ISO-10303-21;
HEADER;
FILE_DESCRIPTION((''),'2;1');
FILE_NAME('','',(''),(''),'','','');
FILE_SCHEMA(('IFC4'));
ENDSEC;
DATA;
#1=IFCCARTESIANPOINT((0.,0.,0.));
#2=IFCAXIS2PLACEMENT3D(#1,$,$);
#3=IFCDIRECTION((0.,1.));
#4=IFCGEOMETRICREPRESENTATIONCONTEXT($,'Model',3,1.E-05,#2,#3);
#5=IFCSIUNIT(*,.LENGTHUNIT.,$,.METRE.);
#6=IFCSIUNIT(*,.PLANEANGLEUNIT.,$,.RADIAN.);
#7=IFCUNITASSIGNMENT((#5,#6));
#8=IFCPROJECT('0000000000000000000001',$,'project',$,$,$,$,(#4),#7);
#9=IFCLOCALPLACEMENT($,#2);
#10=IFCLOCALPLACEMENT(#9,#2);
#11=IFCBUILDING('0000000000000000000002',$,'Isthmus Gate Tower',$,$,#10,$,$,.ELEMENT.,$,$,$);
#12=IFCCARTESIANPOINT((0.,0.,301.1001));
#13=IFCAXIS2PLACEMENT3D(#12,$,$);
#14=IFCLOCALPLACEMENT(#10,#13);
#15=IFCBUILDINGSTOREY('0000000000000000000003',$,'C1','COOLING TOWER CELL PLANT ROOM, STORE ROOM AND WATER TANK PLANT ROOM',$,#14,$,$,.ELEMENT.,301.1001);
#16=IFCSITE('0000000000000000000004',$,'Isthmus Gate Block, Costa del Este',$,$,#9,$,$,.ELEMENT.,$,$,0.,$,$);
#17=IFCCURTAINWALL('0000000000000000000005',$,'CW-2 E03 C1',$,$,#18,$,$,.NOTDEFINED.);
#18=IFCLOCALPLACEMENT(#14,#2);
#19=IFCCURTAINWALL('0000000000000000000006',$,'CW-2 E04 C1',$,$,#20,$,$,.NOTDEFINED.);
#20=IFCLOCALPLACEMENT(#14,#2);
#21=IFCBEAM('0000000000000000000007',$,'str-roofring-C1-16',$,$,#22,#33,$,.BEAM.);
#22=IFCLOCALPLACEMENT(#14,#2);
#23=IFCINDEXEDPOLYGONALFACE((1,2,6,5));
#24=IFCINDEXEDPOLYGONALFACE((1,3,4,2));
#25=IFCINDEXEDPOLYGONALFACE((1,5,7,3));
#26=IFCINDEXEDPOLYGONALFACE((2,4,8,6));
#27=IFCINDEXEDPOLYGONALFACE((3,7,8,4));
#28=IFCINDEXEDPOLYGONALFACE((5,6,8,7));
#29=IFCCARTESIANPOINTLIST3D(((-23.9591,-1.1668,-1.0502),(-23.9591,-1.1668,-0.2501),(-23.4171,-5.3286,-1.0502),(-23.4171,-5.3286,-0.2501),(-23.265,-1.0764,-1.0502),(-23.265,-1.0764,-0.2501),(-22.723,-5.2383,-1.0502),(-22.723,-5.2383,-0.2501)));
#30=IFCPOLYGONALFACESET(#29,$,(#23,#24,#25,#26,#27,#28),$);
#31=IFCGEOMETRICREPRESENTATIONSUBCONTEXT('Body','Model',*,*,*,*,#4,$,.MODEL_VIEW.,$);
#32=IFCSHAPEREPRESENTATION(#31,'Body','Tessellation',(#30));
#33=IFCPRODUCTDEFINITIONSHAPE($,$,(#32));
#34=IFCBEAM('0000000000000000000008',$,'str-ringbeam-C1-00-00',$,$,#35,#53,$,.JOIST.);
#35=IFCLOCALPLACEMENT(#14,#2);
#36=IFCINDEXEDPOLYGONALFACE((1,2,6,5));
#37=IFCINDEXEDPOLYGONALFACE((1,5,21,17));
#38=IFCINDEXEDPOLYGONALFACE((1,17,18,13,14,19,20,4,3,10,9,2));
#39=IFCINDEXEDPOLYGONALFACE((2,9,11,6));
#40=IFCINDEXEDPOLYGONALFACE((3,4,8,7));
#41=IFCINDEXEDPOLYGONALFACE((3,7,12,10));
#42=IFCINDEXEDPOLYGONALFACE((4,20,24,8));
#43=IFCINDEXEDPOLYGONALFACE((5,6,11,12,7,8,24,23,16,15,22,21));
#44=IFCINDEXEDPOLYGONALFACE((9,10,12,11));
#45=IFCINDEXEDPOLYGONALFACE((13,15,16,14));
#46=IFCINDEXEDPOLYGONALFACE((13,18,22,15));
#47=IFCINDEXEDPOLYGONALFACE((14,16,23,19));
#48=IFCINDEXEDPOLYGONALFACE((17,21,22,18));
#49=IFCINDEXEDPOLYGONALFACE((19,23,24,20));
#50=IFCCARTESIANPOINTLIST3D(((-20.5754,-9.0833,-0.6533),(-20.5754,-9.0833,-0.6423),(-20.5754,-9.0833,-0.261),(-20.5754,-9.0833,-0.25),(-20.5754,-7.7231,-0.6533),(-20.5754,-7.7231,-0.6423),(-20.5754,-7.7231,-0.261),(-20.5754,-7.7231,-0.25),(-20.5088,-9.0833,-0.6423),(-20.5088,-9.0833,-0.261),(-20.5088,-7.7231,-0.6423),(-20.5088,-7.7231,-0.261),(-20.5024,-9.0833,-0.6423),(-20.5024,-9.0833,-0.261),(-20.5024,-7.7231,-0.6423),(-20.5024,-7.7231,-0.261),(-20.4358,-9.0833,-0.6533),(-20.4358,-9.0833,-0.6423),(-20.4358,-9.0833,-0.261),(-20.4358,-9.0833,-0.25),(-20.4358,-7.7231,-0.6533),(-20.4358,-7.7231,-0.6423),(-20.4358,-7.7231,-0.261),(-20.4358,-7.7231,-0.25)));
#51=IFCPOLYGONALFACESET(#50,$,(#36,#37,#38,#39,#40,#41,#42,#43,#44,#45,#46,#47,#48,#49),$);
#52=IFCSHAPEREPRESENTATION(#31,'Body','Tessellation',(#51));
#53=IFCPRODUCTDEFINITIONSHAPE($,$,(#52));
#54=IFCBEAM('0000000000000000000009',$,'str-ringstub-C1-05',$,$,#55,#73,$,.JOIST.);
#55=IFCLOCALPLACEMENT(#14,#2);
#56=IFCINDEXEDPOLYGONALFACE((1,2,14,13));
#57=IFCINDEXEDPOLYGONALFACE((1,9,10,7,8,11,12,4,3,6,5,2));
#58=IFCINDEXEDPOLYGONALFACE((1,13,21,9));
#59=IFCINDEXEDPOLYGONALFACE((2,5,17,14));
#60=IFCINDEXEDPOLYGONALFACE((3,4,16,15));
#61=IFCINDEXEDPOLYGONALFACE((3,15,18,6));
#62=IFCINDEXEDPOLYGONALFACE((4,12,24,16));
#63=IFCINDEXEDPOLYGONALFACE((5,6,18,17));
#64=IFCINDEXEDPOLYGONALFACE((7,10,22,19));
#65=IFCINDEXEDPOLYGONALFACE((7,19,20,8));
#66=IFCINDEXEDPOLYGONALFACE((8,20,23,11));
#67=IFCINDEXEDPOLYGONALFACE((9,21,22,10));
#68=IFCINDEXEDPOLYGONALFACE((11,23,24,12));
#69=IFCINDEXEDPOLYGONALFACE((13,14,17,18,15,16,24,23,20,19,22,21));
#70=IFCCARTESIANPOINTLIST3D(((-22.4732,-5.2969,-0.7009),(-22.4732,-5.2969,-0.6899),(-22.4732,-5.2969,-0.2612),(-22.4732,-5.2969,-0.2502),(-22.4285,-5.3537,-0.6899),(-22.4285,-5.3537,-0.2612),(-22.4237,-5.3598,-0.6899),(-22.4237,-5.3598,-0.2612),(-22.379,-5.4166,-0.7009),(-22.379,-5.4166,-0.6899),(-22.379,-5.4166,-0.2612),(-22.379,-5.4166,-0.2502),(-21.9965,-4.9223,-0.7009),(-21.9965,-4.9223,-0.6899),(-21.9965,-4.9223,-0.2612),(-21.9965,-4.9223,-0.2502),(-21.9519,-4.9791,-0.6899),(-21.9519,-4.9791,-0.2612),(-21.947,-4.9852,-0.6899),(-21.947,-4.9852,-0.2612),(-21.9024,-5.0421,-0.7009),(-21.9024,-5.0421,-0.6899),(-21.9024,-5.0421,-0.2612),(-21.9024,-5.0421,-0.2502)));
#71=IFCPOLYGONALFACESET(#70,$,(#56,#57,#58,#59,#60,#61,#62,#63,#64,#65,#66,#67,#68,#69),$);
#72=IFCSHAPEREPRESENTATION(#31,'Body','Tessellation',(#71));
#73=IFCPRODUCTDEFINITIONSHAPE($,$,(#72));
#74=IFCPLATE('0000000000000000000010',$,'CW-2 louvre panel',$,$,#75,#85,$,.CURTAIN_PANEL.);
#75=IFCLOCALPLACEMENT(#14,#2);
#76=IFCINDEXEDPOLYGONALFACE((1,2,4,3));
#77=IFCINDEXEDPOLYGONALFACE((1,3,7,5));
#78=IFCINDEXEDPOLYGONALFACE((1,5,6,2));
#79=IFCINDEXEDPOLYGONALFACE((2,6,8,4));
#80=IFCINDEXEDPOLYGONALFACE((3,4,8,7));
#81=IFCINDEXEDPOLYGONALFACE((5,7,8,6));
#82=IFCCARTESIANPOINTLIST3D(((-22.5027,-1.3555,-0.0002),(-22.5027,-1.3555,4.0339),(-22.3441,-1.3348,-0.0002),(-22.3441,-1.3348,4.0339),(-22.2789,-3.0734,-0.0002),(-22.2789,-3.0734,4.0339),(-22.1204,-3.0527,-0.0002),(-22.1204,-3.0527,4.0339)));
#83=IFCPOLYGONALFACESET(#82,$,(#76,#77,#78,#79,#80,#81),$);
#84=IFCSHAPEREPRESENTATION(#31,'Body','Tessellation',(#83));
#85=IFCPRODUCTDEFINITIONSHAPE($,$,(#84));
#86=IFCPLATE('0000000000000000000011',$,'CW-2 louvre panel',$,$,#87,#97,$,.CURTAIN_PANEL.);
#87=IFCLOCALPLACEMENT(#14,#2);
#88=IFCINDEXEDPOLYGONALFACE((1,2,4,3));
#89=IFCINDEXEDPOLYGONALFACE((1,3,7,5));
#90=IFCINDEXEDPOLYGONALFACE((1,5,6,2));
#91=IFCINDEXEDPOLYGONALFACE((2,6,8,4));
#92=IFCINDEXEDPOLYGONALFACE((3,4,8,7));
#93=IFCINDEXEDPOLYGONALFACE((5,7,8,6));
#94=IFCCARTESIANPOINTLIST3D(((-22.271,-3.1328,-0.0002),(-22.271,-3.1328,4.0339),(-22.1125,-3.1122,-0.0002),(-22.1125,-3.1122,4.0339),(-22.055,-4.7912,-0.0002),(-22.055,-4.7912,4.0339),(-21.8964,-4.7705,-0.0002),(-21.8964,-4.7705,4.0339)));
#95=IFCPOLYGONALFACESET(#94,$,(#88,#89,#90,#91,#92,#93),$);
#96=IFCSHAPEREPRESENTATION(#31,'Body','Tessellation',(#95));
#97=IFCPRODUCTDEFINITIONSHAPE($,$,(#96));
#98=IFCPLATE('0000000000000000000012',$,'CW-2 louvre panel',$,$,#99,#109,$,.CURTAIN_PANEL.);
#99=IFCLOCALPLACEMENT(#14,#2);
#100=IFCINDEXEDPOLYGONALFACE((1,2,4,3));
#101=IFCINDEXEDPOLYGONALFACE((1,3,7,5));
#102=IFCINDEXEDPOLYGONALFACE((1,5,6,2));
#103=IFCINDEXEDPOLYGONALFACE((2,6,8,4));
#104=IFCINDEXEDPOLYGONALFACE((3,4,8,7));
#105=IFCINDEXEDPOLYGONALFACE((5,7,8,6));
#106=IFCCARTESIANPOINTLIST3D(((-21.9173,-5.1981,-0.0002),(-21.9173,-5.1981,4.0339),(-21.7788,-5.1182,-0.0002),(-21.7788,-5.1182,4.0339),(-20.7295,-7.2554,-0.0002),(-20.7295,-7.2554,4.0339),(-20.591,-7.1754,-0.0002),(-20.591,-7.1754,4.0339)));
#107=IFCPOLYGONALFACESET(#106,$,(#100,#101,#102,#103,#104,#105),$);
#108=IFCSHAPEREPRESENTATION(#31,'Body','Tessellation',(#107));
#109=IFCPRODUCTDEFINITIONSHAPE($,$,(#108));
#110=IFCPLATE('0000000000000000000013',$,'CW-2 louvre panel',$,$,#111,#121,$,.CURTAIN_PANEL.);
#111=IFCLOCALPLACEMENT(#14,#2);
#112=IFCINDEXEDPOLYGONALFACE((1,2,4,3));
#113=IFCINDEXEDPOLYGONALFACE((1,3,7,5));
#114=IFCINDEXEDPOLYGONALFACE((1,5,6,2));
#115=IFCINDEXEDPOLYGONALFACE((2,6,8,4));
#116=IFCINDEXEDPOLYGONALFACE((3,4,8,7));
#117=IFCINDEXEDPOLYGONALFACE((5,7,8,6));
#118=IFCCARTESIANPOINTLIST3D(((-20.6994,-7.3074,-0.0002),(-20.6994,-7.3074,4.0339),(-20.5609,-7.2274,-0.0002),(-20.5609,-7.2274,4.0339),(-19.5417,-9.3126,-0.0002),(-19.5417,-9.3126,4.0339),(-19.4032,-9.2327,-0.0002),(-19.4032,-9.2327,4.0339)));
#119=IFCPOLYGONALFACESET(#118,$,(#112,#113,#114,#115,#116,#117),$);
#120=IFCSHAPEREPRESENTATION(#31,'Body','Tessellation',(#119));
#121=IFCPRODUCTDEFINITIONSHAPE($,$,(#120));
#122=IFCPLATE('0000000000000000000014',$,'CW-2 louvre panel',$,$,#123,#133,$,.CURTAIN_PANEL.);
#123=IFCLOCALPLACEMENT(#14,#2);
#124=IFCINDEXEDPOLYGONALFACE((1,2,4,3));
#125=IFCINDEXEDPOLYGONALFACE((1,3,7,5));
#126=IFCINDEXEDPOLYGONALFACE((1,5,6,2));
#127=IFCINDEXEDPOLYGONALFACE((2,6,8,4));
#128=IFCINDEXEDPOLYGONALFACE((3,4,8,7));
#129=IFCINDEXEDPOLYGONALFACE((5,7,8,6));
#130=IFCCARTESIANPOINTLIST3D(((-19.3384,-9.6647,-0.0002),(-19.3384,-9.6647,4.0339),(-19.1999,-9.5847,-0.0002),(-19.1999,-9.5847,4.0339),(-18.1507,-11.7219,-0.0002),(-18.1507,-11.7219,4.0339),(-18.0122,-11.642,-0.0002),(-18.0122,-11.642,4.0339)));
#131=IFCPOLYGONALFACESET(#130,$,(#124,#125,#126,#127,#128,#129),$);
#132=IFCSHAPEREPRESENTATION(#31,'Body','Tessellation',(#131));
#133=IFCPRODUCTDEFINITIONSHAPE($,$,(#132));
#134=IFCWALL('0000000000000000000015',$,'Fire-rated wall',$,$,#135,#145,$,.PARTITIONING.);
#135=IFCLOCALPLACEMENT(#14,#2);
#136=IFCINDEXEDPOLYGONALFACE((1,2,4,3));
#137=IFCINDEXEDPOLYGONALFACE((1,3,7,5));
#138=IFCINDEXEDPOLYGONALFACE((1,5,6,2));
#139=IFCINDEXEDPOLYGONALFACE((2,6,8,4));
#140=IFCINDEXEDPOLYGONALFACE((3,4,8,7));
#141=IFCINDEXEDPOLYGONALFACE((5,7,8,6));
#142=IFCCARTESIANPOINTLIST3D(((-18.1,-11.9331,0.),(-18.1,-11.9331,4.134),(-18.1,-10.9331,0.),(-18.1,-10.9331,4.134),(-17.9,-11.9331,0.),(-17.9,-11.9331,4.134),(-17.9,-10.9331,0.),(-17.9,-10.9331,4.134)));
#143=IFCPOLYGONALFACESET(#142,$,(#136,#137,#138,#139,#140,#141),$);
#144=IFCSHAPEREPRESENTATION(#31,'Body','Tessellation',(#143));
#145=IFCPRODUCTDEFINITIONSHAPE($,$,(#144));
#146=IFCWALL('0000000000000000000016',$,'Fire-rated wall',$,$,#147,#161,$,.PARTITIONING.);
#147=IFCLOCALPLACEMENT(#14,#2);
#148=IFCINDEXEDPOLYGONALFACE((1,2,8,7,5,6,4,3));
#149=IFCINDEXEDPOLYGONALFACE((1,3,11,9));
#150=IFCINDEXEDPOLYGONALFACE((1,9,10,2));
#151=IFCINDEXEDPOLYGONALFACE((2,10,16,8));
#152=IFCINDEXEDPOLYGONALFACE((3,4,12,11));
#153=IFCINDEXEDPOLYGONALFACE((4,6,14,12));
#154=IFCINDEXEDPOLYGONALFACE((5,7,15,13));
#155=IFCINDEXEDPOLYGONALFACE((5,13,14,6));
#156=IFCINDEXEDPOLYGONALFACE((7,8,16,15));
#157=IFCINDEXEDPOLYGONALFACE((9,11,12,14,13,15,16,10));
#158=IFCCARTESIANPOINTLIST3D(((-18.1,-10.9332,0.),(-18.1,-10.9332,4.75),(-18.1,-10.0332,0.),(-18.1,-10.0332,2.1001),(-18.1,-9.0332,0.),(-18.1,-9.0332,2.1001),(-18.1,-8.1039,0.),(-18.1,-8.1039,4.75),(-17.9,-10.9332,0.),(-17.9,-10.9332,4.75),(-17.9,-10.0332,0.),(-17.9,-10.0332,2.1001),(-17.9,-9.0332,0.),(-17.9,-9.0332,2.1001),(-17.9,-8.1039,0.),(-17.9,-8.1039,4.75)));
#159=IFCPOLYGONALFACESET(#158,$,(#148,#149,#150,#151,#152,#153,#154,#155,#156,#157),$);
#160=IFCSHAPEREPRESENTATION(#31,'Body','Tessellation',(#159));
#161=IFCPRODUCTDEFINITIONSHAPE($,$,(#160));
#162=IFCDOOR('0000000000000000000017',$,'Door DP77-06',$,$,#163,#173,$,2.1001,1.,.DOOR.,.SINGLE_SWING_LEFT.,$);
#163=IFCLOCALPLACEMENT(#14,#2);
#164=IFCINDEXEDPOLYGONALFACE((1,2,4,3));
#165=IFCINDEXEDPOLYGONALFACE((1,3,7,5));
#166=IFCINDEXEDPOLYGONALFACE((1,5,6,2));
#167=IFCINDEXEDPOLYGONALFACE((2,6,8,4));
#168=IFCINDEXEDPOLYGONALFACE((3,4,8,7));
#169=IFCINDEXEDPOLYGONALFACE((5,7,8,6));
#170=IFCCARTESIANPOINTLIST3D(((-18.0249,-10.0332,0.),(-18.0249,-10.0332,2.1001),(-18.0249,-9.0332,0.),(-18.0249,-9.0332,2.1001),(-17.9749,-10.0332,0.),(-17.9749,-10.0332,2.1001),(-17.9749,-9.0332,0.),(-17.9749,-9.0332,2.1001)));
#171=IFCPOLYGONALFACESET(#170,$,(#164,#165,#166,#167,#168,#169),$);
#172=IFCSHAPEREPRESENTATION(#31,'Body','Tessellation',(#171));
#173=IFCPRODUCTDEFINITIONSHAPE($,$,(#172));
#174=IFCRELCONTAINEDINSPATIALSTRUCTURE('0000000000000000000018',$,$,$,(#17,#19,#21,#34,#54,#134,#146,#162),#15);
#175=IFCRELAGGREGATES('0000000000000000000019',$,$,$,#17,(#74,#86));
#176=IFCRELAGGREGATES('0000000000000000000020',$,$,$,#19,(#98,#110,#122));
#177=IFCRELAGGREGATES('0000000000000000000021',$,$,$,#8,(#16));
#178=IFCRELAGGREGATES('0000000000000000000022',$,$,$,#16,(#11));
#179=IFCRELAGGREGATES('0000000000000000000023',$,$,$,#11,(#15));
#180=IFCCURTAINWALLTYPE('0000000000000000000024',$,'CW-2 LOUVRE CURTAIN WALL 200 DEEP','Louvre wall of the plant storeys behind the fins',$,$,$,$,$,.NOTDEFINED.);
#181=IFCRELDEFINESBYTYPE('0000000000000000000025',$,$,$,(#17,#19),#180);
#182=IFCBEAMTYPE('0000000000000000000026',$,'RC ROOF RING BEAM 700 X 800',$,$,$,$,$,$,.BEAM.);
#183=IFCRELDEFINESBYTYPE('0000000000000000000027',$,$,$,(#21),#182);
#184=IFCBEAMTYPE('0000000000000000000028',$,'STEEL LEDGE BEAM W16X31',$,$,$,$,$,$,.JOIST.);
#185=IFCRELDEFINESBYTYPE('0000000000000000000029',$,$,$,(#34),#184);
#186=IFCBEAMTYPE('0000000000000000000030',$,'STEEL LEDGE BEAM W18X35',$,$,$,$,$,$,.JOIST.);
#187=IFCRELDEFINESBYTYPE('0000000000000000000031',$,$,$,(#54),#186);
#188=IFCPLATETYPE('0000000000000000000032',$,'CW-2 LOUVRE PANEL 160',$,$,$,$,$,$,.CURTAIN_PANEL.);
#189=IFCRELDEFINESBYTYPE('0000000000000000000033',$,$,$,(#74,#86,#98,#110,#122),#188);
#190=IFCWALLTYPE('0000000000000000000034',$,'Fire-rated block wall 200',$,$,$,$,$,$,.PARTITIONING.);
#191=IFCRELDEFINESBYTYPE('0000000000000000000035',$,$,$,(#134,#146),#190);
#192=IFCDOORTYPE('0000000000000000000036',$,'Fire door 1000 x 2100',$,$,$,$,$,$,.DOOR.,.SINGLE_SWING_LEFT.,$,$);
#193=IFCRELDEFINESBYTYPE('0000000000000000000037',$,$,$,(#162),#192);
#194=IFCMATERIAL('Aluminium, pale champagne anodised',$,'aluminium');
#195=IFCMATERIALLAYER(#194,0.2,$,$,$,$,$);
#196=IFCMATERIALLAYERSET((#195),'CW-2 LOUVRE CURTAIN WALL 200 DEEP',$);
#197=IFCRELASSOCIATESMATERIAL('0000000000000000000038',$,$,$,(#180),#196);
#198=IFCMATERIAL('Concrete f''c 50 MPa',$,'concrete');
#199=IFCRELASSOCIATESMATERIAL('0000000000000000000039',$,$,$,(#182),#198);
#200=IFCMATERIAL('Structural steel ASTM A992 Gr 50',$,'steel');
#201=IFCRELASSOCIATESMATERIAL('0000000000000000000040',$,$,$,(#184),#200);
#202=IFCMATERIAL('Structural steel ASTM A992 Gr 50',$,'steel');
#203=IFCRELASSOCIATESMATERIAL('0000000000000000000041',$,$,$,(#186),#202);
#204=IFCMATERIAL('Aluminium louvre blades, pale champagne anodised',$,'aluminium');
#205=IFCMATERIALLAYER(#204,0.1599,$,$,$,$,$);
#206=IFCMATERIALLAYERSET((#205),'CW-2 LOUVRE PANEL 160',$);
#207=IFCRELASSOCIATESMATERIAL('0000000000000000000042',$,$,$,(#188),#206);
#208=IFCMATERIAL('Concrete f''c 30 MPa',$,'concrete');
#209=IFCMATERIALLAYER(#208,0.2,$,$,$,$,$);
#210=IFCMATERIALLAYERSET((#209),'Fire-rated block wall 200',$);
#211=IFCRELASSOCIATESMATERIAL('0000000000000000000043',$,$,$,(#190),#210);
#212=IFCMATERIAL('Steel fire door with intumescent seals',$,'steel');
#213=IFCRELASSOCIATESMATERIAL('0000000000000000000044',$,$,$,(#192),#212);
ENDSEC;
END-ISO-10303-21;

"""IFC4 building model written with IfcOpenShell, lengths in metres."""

from ifc_helpers import new_model, si_unit, direction, frame, frame_2d, origin, origin_2d, place, context, subcontext, project, spatial, rectangle, i_section, extrude, material, layer, layer_set, material_profile, profile_set, type_object, element, fill, aggregate, save


model = new_model("IFC4")

# Units and contexts
model_context = context("Model", 3, precision=1e-05, world=origin(), true_north=direction((0.0, 1.0)))
body_context = subcontext(model_context, "Body", "Model", "MODEL_VIEW")
ifc_project = project(units=[si_unit("LENGTHUNIT", "METRE"), si_unit("PLANEANGLEUNIT", "RADIAN")], contexts=[model_context])

# Site, building, storey
site_placement = place(None, origin())
site = spatial("IfcSite", under=ifc_project, at=site_placement, Name="Isthmus Gate Block, Costa del Este", CompositionType="ELEMENT", RefElevation=0.0)
building_placement = place(site_placement, origin())
building = spatial("IfcBuilding", under=site, at=building_placement, Name="Isthmus Gate Tower", CompositionType="ELEMENT")
storey_placement = place(building_placement, frame((0.0, 0.0, 301.1001)))
storey = spatial("IfcBuildingStorey", under=building, at=storey_placement, Name="C1", Description="COOLING TOWER CELL PLANT ROOM, STORE ROOM AND WATER TANK PLANT ROOM", CompositionType="ELEMENT", Elevation=301.1001)

# Curtain wall
ifc_material_1 = material(Name="Aluminium, pale champagne anodised", Category="aluminium")
ifc_layer_1 = layer(ifc_material_1, 0.2)
ifc_layer_set_1 = layer_set([ifc_layer_1], Name="CW-2 LOUVRE CURTAIN WALL 200 DEEP")
curtain_wall_type = type_object("IfcCurtainWallType", Name="CW-2 LOUVRE CURTAIN WALL 200 DEEP", Description="Louvre wall of the plant storeys behind the fins", PredefinedType="NOTDEFINED", material=ifc_layer_set_1)
curtain_wall_1_placement = place(storey_placement, origin())
curtain_wall_1 = element("IfcCurtainWall", 1, at=curtain_wall_1_placement, inside=storey, type_object=curtain_wall_type, Name="CW-2 E03 C1", PredefinedType="NOTDEFINED")

# Curtain wall
curtain_wall_2_placement = place(storey_placement, origin())
curtain_wall_2 = element("IfcCurtainWall", 2, at=curtain_wall_2_placement, inside=storey, type_object=curtain_wall_type, Name="CW-2 E04 C1", PredefinedType="NOTDEFINED")

# Beams
ifc_material_2 = material(Name="Concrete f'c 50 MPa", Category="concrete")
ifc_material_profile_1 = material_profile(ifc_material_2, rectangle(XDim=0.7, YDim=0.8, at=origin_2d()), Name="RC 700X800")
ifc_profile_set_1 = profile_set([ifc_material_profile_1], Name="Concrete f'c 50 MPa")
beam_type_1 = type_object("IfcBeamType", Name="RC ROOF RING BEAM 700 X 800", PredefinedType="BEAM", material=ifc_profile_set_1)
beam_1_placement = place(storey_placement, frame((-23.0701, -5.2834, -0.6501), z_axis=(-0.129138, 0.991627, 0.0), x_axis=(-0.991627, -0.129138, 0.0)))
element("IfcBeam", 3, at=beam_1_placement, inside=storey, type_object=beam_type_1, Name="str-roofring-C1-16", PredefinedType="BEAM", context=body_context, shape_type="SweptSolid", body=[
    extrude(rectangle(XDim=0.7, YDim=0.8, at=origin_2d()), origin(), (0.0, 0.0, 1.0), 4.197),
])
ifc_material_3 = material(Name="Structural steel ASTM A992 Gr 50", Category="steel")
ifc_material_profile_2 = material_profile(ifc_material_3, i_section(OverallWidth=0.1396, OverallDepth=0.4033, WebThickness=0.0063, FlangeThickness=0.011, at=origin_2d()), Name="W16X31")
ifc_profile_set_2 = profile_set([ifc_material_profile_2], Name="Structural steel ASTM A992 Gr 50")
beam_type_2 = type_object("IfcBeamType", Name="STEEL LEDGE BEAM W16X31", PredefinedType="JOIST", material=ifc_profile_set_2)
beam_2_placement = place(storey_placement, frame((-20.5056, -9.0833, -0.4517), z_axis=(0.0, 1.0, 0.0), x_axis=(-1.0, 0.0, 0.0)))
element("IfcBeam", 4, at=beam_2_placement, inside=storey, type_object=beam_type_2, Name="str-ringbeam-C1-00-00", PredefinedType="JOIST", context=body_context, shape_type="SweptSolid", body=[
    extrude(i_section(OverallWidth=0.1396, OverallDepth=0.4033, WebThickness=0.0063, FlangeThickness=0.011, at=origin_2d()), origin(), (0.0, 0.0, 1.0), 1.3601),
])
ifc_material_4 = material(Name="Structural steel ASTM A992 Gr 50", Category="steel")
ifc_material_profile_3 = material_profile(ifc_material_4, i_section(OverallWidth=0.1523, OverallDepth=0.4507, WebThickness=0.0078, FlangeThickness=0.011, at=origin_2d()), Name="W18X35")
ifc_profile_set_3 = profile_set([ifc_material_profile_3], Name="Structural steel ASTM A992 Gr 50")
beam_type_3 = type_object("IfcBeamType", Name="STEEL LEDGE BEAM W18X35", PredefinedType="JOIST", material=ifc_profile_set_3)
beam_3_placement = place(storey_placement, frame((-21.9495, -4.9822, -0.4756), z_axis=(-0.786262, -0.617893, 0.0), x_axis=(0.617893, -0.786262, 0.0)))
element("IfcBeam", 5, at=beam_3_placement, inside=storey, type_object=beam_type_3, Name="str-ringstub-C1-05", PredefinedType="JOIST", context=body_context, shape_type="SweptSolid", body=[
    extrude(i_section(OverallWidth=0.1523, OverallDepth=0.4507, WebThickness=0.0078, FlangeThickness=0.011, at=origin_2d()), origin(), (0.0, 0.0, 1.0), 0.6062),
])

# Plates
ifc_material_5 = material(Name="Aluminium louvre blades, pale champagne anodised", Category="aluminium")
ifc_layer_2 = layer(ifc_material_5, 0.1599)
ifc_layer_set_2 = layer_set([ifc_layer_2], Name="CW-2 LOUVRE PANEL 160")
plate_type = type_object("IfcPlateType", Name="CW-2 LOUVRE PANEL 160", PredefinedType="CURTAIN_PANEL", material=ifc_layer_set_2)
plate_1_placement = place(storey_placement, frame((-22.3115, -2.2041, -0.0002), z_axis=(0.0, 0.0, 1.0), x_axis=(0.129165, -0.991623, 0.0)))
plate_1 = element("IfcPlate", 6, at=plate_1_placement, type_object=plate_type, Name="CW-2 louvre panel", PredefinedType="CURTAIN_PANEL", context=body_context, shape_type="SweptSolid", body=[
    extrude(rectangle(XDim=1.7324, YDim=0.1599, at=origin_2d()), origin(), (0.0, 0.0, 1.0), 4.0342),
])
plate_2_placement = place(storey_placement, frame((-22.0837, -3.9517, -0.0002), z_axis=(0.0, 0.0, 1.0), x_axis=(0.129165, -0.991623, 0.0)))
plate_2 = element("IfcPlate", 7, at=plate_2_placement, type_object=plate_type, Name="CW-2 louvre panel", PredefinedType="CURTAIN_PANEL", context=body_context, shape_type="SweptSolid", body=[
    extrude(rectangle(XDim=1.6724, YDim=0.1599, at=origin_2d()), origin(), (0.0, 0.0, 1.0), 4.0342),
])
aggregate(curtain_wall_1, [plate_1, plate_2])
plate_3_placement = place(storey_placement, frame((-21.2542, -6.1868, -0.0002), z_axis=(0.0, 0.0, 1.0), x_axis=(0.5, -0.866025, 0.0)))
plate_3 = element("IfcPlate", 8, at=plate_3_placement, type_object=plate_type, Name="CW-2 louvre panel", PredefinedType="CURTAIN_PANEL", context=body_context, shape_type="SweptSolid", body=[
    extrude(rectangle(XDim=2.3755, YDim=0.1599, at=origin_2d()), origin(), (0.0, 0.0, 1.0), 4.0342),
])
plate_4_placement = place(storey_placement, frame((-20.0513, -8.27, -0.0002), z_axis=(0.0, 0.0, 1.0), x_axis=(0.5, -0.866025, 0.0)))
plate_4 = element("IfcPlate", 9, at=plate_4_placement, type_object=plate_type, Name="CW-2 louvre panel", PredefinedType="CURTAIN_PANEL", context=body_context, shape_type="SweptSolid", body=[
    extrude(rectangle(XDim=2.3154, YDim=0.1599, at=origin_2d()), origin(), (0.0, 0.0, 1.0), 4.0342),
])
plate_5_placement = place(storey_placement, frame((-18.6753, -10.6533, -0.0002), z_axis=(0.0, 0.0, 1.0), x_axis=(0.5, -0.866025, 0.0)))
plate_5 = element("IfcPlate", 10, at=plate_5_placement, type_object=plate_type, Name="CW-2 louvre panel", PredefinedType="CURTAIN_PANEL", context=body_context, shape_type="SweptSolid", body=[
    extrude(rectangle(XDim=2.3755, YDim=0.1599, at=origin_2d()), origin(), (0.0, 0.0, 1.0), 4.0342),
])
aggregate(curtain_wall_2, [plate_3, plate_4, plate_5])

# Wall
ifc_material_6 = material(Name="Concrete f'c 30 MPa", Category="concrete")
ifc_layer_3 = layer(ifc_material_6, 0.2)
ifc_layer_set_3 = layer_set([ifc_layer_3], Name="Fire-rated block wall 200")
wall_type_1 = type_object("IfcWallType", Name="Fire-rated block wall 200", PredefinedType="PARTITIONING", material=ifc_layer_set_3)
wall_1_placement = place(storey_placement, frame((-18.0, -11.9331, 0.0), z_axis=(0.0, 0.0, 1.0), x_axis=(0.0, 1.0, 0.0)))
element("IfcWall", 11, at=wall_1_placement, inside=storey, type_object=wall_type_1, Name="Fire-rated wall", PredefinedType="PARTITIONING", context=body_context, shape_type="SweptSolid", body=[
    extrude(rectangle(XDim=1.0, YDim=0.2, at=frame_2d((0.5, 0.0))), origin(), (0.0, 0.0, 1.0), 4.134),
])

# Wall, opening, door
wall_2_placement = place(storey_placement, frame((-18.0, -10.9331, 0.0), z_axis=(0.0, 0.0, 1.0), x_axis=(0.0, 1.0, 0.0)))
wall_2 = element("IfcWall", 12, at=wall_2_placement, inside=storey, type_object=wall_type_1, Name="Fire-rated wall", PredefinedType="PARTITIONING", context=body_context, shape_type="SweptSolid", body=[
    extrude(rectangle(XDim=2.8293, YDim=0.2, at=frame_2d((1.4146, 0.0))), origin(), (0.0, 0.0, 1.0), 4.75),
])
opening_placement = place(wall_2_placement, frame((0.8999, 0.0, 0.0)))
opening = element("IfcOpeningElement", 13, at=opening_placement, cuts=wall_2, PredefinedType="OPENING", context=body_context, shape_type="SweptSolid", body=[
    extrude(rectangle(XDim=1.0, YDim=2.1001, at=frame_2d((0.5, 1.05))), frame((0.0, 0.1099, 0.0), z_axis=(0.0, -1.0, 0.0), x_axis=(1.0, 0.0, 0.0)), (0.0, 0.0, 1.0), 0.22),
])
ifc_material_7 = material(Name="Steel fire door with intumescent seals", Category="steel")
door_type = type_object("IfcDoorType", Name="Fire door 1000 x 2100", OperationType="SINGLE_SWING_LEFT", PredefinedType="DOOR", material=ifc_material_7)
door_placement = place(opening_placement, origin())
door = element("IfcDoor", 14, at=door_placement, inside=storey, type_object=door_type, Name="Door DP77-06", OperationType="SINGLE_SWING_LEFT", OverallHeight=2.1001, OverallWidth=1.0, PredefinedType="DOOR", context=body_context, shape_type="SweptSolid", body=[
    extrude(rectangle(XDim=1.0, YDim=2.1001, at=frame_2d((0.5, 1.05))), frame((0.0, 0.0249, 0.0), z_axis=(0.0, -1.0, 0.0), x_axis=(1.0, 0.0, 0.0)), (0.0, 0.0, 1.0), 0.05),
])
fill(opening, door)

save(model, "model.ifc")
